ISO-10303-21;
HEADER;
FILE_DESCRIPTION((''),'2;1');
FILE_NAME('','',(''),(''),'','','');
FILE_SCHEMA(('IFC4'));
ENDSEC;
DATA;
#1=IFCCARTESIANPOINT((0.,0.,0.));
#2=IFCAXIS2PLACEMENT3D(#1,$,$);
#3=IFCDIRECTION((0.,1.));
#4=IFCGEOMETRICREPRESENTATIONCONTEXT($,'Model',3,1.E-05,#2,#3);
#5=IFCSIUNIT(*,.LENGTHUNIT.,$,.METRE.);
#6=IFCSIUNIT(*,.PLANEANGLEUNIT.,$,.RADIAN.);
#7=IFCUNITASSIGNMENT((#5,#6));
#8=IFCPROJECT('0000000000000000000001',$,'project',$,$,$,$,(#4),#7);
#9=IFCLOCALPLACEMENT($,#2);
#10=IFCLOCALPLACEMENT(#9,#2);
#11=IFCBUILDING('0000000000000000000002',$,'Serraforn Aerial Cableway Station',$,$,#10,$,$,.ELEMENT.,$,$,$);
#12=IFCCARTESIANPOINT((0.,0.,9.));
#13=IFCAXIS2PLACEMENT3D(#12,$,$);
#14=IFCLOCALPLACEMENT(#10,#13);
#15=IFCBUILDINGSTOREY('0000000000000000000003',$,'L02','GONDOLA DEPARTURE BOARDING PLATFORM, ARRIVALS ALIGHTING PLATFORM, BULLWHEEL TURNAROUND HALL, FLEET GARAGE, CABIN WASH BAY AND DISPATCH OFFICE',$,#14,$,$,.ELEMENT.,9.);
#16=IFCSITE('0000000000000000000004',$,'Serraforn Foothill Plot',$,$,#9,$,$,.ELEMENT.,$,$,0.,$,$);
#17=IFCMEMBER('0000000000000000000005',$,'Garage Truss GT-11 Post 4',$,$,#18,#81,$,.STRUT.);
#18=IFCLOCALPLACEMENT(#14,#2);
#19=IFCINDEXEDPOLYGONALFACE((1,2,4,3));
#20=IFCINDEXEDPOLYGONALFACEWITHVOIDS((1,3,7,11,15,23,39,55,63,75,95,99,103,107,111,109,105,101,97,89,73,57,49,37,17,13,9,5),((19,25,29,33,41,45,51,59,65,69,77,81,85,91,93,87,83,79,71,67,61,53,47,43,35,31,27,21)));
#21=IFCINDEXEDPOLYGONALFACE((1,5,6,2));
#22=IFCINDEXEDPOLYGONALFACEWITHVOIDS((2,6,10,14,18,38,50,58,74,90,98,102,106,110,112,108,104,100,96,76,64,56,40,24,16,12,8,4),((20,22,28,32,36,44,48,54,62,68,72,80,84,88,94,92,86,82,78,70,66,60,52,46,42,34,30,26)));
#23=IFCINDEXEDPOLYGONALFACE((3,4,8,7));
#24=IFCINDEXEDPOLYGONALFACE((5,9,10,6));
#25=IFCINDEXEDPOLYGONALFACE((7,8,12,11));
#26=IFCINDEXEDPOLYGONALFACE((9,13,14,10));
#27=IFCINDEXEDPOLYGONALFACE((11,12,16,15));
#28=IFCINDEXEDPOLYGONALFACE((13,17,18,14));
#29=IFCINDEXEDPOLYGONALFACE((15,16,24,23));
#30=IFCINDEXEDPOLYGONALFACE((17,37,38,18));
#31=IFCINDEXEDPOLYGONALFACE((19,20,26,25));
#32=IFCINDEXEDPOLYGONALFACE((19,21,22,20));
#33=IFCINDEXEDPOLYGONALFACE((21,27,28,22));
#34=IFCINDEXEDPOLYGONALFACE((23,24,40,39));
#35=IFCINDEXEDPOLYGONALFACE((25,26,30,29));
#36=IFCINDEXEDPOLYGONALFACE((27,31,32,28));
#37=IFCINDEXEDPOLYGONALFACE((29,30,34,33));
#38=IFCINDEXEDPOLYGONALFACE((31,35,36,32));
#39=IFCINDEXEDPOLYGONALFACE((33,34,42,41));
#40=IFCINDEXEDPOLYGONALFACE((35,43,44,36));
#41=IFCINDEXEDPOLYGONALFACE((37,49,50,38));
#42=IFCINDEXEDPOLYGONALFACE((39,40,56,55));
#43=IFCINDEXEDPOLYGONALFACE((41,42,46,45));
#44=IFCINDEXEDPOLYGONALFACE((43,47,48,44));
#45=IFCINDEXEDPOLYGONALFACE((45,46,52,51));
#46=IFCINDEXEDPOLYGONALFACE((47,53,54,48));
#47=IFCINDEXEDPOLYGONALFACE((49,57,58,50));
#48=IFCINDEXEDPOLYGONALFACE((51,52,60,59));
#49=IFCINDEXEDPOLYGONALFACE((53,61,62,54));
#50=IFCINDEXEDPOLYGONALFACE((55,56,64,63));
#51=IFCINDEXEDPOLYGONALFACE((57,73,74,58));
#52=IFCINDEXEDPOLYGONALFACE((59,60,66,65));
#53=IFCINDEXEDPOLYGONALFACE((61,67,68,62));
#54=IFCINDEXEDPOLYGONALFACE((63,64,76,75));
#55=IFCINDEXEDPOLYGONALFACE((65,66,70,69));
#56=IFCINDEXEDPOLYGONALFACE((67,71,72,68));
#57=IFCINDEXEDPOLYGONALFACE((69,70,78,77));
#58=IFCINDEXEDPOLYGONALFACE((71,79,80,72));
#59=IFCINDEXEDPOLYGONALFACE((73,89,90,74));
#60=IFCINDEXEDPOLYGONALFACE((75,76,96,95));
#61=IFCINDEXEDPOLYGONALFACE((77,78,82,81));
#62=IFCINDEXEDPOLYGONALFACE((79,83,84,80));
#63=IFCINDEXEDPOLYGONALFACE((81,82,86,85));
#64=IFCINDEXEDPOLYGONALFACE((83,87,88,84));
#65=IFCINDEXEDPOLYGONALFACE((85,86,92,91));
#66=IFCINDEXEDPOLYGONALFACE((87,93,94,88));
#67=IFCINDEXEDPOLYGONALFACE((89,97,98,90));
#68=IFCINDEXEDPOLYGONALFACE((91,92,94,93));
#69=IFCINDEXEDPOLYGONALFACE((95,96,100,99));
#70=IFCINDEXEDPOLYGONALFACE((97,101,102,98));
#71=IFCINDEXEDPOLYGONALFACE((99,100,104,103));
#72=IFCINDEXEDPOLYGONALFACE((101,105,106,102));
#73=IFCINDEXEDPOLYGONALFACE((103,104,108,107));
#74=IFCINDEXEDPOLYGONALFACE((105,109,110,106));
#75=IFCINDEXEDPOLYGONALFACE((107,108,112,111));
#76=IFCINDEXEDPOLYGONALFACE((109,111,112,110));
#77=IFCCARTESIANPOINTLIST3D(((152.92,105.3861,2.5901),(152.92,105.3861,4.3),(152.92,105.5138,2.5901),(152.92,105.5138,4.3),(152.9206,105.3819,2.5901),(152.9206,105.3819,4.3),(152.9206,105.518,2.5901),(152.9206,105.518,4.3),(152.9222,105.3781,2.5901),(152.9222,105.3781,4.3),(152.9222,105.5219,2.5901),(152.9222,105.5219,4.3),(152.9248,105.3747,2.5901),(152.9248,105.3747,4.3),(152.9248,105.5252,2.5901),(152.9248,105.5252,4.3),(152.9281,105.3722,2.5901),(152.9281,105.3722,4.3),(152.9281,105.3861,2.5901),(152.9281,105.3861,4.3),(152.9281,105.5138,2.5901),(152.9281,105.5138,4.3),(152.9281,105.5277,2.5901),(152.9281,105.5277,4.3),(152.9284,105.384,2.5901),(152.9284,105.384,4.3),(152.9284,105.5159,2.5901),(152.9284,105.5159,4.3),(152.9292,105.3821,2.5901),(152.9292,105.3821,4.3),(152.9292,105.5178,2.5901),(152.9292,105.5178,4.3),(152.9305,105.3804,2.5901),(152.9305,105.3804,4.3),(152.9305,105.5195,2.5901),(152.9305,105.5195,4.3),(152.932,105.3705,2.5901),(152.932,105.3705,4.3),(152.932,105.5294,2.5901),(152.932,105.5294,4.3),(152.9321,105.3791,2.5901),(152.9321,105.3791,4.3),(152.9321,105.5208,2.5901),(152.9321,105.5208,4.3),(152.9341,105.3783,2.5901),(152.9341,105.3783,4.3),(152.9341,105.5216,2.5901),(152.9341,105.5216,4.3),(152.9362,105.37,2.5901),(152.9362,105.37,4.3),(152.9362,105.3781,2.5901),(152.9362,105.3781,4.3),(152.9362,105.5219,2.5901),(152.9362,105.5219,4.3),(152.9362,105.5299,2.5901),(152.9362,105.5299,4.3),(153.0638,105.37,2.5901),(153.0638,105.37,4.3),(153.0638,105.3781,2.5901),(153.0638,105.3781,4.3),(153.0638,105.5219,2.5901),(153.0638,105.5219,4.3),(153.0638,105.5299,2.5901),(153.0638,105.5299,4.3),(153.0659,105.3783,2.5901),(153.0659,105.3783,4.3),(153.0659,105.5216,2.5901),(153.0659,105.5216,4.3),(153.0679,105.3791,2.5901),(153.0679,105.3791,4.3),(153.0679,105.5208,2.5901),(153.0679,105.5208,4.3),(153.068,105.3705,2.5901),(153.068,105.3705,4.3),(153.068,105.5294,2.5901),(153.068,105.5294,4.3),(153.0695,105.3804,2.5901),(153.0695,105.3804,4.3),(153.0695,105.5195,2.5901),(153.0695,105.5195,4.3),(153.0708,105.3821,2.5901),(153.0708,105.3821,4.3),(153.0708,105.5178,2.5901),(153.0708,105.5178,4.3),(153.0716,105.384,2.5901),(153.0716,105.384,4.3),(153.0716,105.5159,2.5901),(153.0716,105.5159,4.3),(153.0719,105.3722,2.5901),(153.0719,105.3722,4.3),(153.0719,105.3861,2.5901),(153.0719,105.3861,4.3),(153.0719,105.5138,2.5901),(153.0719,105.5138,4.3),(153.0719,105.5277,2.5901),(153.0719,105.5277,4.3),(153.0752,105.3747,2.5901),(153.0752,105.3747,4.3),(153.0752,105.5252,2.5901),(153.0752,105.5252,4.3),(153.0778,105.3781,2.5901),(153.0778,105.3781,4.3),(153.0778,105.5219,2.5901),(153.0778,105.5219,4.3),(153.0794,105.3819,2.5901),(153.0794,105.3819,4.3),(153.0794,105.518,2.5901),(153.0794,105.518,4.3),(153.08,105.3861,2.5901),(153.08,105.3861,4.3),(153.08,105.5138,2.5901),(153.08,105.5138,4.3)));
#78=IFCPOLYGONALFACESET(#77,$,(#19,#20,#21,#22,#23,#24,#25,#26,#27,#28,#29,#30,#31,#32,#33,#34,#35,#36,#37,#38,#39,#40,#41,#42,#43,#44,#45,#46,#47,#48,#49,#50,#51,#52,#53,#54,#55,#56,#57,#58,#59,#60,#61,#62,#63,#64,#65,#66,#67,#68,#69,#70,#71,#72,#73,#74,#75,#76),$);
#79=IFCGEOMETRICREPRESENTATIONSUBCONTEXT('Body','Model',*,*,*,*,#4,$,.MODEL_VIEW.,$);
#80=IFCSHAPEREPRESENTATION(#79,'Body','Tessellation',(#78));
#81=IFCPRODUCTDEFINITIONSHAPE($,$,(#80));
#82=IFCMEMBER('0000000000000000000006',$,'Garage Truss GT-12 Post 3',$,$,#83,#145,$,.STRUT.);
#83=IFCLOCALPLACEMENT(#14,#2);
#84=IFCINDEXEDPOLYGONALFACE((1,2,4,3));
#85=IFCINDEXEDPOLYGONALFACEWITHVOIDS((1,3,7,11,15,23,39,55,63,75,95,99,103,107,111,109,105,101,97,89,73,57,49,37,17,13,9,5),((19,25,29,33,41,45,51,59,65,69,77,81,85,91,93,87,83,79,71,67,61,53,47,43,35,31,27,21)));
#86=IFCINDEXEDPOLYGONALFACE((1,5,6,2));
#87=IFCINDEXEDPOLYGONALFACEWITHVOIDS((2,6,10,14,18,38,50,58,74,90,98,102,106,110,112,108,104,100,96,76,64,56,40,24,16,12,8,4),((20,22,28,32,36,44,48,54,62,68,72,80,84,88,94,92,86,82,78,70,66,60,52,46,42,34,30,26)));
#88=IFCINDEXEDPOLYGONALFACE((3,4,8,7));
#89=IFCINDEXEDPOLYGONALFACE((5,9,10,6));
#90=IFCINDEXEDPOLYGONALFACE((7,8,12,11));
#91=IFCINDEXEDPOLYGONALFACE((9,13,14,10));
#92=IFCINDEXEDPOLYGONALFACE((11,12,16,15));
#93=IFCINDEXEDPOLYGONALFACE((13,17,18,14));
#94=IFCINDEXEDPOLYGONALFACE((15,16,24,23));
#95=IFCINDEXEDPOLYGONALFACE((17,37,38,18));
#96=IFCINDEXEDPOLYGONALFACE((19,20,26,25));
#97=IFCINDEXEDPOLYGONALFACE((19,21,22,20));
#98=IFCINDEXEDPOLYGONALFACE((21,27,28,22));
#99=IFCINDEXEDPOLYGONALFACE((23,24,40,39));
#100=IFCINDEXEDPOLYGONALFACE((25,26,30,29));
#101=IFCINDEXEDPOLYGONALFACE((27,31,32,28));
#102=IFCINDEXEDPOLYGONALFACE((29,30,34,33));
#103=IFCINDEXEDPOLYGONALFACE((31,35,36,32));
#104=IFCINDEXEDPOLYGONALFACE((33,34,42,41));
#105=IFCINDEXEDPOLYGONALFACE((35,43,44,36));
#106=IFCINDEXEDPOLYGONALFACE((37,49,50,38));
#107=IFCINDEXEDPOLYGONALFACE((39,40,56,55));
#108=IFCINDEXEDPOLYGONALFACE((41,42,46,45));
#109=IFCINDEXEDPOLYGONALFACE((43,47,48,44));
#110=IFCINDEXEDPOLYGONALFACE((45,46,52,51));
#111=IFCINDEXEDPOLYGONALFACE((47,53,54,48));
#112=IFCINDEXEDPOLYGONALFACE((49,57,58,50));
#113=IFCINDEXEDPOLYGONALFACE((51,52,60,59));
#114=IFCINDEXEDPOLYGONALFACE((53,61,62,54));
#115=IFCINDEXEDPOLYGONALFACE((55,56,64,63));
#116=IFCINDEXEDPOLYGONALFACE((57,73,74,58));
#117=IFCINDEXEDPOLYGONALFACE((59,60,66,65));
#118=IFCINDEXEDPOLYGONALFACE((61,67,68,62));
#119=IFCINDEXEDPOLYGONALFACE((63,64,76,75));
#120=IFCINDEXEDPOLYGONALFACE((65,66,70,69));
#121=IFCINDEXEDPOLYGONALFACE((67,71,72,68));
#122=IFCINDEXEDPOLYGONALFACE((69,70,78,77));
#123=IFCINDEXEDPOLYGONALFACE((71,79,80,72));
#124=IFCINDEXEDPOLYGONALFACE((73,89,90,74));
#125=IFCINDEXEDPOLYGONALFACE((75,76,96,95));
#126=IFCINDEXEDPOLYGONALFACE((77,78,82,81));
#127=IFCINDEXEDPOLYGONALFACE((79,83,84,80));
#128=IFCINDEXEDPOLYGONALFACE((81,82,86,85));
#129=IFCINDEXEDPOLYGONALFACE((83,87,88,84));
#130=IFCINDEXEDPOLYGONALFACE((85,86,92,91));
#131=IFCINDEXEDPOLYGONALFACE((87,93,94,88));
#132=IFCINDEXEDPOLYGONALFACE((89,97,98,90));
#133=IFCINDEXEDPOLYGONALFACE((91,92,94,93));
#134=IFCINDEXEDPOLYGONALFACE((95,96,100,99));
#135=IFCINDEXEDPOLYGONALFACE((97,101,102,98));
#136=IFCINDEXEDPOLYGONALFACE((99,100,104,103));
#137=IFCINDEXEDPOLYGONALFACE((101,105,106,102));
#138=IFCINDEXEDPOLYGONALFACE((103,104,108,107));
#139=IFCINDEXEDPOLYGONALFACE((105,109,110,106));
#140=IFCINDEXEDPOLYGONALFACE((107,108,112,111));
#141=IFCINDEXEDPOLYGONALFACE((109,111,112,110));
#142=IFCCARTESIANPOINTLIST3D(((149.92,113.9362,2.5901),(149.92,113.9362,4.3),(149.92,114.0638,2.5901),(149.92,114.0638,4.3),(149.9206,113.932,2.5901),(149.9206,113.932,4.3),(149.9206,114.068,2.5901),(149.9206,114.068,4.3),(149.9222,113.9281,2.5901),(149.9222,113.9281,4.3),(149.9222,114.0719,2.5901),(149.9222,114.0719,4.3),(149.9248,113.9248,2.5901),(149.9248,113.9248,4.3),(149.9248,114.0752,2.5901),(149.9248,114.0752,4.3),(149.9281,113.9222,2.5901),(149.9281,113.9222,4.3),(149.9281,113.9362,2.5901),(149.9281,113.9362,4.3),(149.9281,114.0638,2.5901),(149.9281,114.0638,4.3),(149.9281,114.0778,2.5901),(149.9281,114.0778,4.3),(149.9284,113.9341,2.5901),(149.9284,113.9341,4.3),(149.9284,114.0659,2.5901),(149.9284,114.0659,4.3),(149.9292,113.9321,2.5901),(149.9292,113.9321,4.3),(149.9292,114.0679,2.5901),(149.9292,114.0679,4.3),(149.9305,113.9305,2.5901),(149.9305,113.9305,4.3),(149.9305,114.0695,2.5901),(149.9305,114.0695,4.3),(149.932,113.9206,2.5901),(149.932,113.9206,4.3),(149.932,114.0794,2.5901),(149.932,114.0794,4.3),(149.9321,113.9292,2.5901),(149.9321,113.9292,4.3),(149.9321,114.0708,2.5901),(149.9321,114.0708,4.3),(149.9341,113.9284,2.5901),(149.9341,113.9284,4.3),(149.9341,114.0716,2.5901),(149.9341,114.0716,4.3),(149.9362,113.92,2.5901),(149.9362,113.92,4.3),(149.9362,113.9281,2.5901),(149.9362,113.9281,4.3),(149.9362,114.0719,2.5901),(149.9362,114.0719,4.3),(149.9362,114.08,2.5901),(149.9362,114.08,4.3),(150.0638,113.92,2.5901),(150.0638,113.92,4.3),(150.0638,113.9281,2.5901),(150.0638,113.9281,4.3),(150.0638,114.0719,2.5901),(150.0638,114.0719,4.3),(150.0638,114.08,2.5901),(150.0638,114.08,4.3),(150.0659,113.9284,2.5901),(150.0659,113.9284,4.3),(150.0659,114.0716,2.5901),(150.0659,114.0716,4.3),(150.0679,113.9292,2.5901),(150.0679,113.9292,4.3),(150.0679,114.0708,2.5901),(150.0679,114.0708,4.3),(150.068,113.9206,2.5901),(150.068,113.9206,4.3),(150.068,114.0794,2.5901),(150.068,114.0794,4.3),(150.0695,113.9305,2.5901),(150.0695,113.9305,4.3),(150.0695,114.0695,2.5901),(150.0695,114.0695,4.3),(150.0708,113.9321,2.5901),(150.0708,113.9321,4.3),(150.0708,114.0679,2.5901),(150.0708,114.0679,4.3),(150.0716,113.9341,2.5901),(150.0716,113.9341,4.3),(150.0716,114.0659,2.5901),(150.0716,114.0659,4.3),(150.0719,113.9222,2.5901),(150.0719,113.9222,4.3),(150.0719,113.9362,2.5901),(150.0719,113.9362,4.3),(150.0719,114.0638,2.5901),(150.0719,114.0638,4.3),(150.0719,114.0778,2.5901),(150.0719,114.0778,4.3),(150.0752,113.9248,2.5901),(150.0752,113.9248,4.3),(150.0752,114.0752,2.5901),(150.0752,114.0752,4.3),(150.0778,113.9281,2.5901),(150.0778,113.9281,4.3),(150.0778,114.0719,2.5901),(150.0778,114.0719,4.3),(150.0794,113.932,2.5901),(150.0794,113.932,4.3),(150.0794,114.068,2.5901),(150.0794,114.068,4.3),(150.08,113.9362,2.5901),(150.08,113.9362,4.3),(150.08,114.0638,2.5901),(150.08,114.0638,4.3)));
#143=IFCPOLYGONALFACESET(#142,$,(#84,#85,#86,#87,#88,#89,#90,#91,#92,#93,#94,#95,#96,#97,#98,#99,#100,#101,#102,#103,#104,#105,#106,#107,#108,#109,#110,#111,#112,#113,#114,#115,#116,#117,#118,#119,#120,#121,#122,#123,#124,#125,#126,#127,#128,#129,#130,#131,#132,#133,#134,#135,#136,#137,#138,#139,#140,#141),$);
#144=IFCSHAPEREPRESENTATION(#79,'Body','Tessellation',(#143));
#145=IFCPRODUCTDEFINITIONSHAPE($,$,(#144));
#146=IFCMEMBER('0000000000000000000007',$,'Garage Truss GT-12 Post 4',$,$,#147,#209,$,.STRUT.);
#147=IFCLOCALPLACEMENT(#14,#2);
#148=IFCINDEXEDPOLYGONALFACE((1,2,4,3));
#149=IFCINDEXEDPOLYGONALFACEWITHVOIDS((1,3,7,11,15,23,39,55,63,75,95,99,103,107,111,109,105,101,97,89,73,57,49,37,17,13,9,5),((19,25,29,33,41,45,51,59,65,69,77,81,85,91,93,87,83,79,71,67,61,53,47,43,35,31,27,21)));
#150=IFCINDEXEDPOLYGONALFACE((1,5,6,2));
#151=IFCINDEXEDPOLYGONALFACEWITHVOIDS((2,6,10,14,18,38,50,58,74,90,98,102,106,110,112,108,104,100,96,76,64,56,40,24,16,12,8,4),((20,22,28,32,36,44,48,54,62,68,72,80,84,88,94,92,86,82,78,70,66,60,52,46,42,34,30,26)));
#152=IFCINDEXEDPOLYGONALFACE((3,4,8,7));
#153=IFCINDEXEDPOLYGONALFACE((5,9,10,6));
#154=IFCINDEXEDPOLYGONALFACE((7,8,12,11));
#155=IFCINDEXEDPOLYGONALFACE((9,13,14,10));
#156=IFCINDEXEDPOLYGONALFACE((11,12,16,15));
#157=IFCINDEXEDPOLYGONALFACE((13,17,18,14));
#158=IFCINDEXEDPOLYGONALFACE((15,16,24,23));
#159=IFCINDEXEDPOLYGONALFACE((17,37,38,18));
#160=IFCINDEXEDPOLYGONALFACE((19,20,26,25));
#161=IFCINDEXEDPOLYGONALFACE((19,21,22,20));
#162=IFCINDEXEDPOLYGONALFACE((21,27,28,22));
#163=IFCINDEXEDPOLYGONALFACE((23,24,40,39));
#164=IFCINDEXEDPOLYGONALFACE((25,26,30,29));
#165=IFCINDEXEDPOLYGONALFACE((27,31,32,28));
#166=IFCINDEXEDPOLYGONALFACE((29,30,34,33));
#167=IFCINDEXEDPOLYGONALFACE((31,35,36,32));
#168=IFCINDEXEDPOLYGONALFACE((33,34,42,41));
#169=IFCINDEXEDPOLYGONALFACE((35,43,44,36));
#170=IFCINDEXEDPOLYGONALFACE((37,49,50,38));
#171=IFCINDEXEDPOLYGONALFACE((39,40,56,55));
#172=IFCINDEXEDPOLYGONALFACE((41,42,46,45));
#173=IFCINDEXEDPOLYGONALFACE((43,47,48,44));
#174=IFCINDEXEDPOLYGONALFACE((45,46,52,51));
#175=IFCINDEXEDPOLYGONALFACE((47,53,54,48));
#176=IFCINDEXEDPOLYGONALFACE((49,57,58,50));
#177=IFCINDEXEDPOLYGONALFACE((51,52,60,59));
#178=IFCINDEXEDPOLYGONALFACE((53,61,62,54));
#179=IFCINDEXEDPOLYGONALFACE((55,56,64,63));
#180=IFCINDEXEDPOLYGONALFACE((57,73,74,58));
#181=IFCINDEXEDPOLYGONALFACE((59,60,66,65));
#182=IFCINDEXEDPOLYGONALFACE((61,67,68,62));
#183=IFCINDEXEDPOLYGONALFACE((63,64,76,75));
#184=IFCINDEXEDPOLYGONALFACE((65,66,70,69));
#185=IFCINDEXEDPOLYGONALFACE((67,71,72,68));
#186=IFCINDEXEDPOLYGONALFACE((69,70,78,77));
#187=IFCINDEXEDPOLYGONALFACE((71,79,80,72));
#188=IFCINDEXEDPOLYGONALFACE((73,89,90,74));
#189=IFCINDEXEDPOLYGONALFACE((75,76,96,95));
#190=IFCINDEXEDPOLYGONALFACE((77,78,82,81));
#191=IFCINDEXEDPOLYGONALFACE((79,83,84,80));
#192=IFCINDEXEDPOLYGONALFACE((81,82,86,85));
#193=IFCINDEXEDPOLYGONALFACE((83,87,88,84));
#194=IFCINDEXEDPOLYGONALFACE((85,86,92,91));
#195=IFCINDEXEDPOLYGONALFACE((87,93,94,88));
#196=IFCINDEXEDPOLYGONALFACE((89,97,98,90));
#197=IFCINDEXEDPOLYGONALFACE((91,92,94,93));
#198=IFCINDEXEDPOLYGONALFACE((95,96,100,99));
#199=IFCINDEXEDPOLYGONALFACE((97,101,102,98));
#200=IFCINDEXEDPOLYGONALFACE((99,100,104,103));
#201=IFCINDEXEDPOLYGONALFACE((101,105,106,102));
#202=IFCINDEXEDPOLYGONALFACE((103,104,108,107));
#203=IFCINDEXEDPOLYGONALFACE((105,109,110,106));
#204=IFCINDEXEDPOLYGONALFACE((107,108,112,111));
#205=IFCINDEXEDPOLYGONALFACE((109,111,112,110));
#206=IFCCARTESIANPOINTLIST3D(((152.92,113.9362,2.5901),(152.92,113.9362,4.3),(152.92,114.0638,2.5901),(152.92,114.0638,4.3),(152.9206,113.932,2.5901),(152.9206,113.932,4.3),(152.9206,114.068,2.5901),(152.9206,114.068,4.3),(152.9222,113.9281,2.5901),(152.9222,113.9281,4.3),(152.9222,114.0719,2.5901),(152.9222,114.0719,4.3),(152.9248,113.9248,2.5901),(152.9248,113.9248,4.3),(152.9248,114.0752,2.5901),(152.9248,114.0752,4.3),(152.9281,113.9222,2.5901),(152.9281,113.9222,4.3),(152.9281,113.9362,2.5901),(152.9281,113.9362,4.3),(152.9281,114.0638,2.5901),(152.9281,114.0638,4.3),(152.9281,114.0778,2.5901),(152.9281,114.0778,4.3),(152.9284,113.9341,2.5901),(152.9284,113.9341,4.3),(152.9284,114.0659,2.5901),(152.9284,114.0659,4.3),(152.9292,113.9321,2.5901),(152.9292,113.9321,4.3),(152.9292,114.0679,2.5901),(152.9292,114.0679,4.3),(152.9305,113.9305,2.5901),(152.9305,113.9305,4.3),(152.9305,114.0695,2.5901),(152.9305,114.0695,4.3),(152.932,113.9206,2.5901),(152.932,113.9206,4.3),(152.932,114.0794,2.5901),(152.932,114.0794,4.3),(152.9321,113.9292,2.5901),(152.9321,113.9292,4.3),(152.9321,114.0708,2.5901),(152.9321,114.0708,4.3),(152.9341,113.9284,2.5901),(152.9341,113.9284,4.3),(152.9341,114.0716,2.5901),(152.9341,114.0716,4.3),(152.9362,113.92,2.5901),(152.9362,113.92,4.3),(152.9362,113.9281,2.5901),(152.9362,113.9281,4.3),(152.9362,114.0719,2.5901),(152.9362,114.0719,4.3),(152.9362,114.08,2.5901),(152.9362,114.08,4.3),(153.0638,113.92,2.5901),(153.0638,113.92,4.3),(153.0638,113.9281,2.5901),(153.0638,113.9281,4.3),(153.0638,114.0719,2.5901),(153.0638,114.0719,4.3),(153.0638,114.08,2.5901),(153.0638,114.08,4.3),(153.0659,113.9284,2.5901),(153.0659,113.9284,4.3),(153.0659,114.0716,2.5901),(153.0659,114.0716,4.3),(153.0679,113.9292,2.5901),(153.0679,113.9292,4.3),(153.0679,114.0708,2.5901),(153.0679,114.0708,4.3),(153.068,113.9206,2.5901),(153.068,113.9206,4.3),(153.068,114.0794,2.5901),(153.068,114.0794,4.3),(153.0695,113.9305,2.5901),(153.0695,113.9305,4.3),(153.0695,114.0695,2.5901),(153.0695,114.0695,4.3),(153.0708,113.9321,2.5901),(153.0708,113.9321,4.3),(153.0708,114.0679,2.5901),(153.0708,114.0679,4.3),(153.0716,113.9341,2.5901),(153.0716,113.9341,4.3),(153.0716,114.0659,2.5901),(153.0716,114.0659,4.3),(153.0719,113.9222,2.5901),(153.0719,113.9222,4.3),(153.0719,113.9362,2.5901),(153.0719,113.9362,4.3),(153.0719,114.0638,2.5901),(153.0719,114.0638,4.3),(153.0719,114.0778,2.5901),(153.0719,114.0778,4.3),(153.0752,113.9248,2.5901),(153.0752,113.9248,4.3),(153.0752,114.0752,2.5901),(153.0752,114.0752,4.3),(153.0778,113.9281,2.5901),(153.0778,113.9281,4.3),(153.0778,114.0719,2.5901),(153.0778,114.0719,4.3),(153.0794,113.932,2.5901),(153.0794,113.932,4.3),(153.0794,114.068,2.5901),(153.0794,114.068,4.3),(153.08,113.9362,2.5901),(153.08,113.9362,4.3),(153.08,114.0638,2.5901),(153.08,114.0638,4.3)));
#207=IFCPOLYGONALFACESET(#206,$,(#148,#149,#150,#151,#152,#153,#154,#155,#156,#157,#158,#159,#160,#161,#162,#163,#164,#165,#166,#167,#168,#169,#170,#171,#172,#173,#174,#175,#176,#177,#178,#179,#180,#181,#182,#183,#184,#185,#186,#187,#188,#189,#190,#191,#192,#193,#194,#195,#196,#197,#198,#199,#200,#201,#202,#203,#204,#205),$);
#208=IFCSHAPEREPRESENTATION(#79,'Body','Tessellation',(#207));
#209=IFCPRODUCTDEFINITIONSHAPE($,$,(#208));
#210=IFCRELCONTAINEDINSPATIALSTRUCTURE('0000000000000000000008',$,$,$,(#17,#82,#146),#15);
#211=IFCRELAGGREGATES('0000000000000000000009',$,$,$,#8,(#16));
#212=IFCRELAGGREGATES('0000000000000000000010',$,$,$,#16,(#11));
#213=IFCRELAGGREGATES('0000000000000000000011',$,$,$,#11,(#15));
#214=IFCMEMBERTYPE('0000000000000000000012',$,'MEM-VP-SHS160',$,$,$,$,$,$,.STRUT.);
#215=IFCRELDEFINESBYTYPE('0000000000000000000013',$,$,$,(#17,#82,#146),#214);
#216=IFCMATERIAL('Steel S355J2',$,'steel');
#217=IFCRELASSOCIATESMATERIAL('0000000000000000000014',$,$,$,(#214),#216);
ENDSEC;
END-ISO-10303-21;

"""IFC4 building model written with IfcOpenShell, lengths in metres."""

from ifc_helpers import new_model, si_unit, direction, frame, origin, origin_2d, place, context, subcontext, project, spatial, hollow_rectangle, extrude, material, material_profile, profile_set, type_object, element, save


model = new_model("IFC4")

# Units and contexts
model_context = context("Model", 3, precision=1e-05, world=origin(), true_north=direction((0.0, 1.0)))
body_context = subcontext(model_context, "Body", "Model", "MODEL_VIEW")
ifc_project = project(units=[si_unit("LENGTHUNIT", "METRE"), si_unit("PLANEANGLEUNIT", "RADIAN")], contexts=[model_context])

# Site, building, storey
site_placement = place(None, origin())
site = spatial("IfcSite", under=ifc_project, at=site_placement, Name="Serraforn Foothill Plot", CompositionType="ELEMENT", RefElevation=0.0)
building_placement = place(site_placement, origin())
building = spatial("IfcBuilding", under=site, at=building_placement, Name="Serraforn Aerial Cableway Station", CompositionType="ELEMENT")
storey_placement = place(building_placement, frame((0.0, 0.0, 9.0)))
storey = spatial("IfcBuildingStorey", under=building, at=storey_placement, Name="L02", Description="GONDOLA DEPARTURE BOARDING PLATFORM, ARRIVALS ALIGHTING PLATFORM, BULLWHEEL TURNAROUND HALL, FLEET GARAGE, CABIN WASH BAY AND DISPATCH OFFICE", CompositionType="ELEMENT", Elevation=9.0)

# Shared definitions
ifc_material_1 = material(Name="Steel S355J2", Category="steel")

# Members
ifc_material_profile_1 = material_profile(ifc_material_1, hollow_rectangle(XDim=0.1599, YDim=0.1599, WallThickness=0.0081, InnerFilletRadius=0.0081, OuterFilletRadius=0.0161, at=origin_2d()), Name="SHS 160x160x8.0")
ifc_profile_set_1 = profile_set([ifc_material_profile_1], Name="Steel S355J2")
member_type_1 = type_object("IfcMemberType", Name="MEM-VP-SHS160", PredefinedType="STRUT", material=ifc_profile_set_1)
for number, where, z_axis, x_axis, name in (
    (1, (153.0, 105.45, 2.5901), (0.0, 0.0, 1.0), (1.0, 0.0, 0.0), "Garage Truss GT-11 Post 4"),
    (2, (150.0, 114.0, 2.5901), (0.0, 0.0, 1.0), (1.0, 0.0, 0.0), "Garage Truss GT-12 Post 3"),
    (3, (153.0, 114.0, 2.5901), (0.0, 0.0, 1.0), (1.0, 0.0, 0.0), "Garage Truss GT-12 Post 4"),
):
    element("IfcMember", number, at=place(storey_placement, frame(where, z_axis=z_axis, x_axis=x_axis)), inside=storey, type_object=member_type_1, Name=name, PredefinedType="STRUT", context=body_context, shape_type="SweptSolid", body=[
        extrude(hollow_rectangle(XDim=0.1599, YDim=0.1599, WallThickness=0.0081, InnerFilletRadius=0.0081, OuterFilletRadius=0.0161, at=origin_2d()), origin(), (0.0, 0.0, 1.0), 1.71),
    ])

save(model, "model.ifc")
